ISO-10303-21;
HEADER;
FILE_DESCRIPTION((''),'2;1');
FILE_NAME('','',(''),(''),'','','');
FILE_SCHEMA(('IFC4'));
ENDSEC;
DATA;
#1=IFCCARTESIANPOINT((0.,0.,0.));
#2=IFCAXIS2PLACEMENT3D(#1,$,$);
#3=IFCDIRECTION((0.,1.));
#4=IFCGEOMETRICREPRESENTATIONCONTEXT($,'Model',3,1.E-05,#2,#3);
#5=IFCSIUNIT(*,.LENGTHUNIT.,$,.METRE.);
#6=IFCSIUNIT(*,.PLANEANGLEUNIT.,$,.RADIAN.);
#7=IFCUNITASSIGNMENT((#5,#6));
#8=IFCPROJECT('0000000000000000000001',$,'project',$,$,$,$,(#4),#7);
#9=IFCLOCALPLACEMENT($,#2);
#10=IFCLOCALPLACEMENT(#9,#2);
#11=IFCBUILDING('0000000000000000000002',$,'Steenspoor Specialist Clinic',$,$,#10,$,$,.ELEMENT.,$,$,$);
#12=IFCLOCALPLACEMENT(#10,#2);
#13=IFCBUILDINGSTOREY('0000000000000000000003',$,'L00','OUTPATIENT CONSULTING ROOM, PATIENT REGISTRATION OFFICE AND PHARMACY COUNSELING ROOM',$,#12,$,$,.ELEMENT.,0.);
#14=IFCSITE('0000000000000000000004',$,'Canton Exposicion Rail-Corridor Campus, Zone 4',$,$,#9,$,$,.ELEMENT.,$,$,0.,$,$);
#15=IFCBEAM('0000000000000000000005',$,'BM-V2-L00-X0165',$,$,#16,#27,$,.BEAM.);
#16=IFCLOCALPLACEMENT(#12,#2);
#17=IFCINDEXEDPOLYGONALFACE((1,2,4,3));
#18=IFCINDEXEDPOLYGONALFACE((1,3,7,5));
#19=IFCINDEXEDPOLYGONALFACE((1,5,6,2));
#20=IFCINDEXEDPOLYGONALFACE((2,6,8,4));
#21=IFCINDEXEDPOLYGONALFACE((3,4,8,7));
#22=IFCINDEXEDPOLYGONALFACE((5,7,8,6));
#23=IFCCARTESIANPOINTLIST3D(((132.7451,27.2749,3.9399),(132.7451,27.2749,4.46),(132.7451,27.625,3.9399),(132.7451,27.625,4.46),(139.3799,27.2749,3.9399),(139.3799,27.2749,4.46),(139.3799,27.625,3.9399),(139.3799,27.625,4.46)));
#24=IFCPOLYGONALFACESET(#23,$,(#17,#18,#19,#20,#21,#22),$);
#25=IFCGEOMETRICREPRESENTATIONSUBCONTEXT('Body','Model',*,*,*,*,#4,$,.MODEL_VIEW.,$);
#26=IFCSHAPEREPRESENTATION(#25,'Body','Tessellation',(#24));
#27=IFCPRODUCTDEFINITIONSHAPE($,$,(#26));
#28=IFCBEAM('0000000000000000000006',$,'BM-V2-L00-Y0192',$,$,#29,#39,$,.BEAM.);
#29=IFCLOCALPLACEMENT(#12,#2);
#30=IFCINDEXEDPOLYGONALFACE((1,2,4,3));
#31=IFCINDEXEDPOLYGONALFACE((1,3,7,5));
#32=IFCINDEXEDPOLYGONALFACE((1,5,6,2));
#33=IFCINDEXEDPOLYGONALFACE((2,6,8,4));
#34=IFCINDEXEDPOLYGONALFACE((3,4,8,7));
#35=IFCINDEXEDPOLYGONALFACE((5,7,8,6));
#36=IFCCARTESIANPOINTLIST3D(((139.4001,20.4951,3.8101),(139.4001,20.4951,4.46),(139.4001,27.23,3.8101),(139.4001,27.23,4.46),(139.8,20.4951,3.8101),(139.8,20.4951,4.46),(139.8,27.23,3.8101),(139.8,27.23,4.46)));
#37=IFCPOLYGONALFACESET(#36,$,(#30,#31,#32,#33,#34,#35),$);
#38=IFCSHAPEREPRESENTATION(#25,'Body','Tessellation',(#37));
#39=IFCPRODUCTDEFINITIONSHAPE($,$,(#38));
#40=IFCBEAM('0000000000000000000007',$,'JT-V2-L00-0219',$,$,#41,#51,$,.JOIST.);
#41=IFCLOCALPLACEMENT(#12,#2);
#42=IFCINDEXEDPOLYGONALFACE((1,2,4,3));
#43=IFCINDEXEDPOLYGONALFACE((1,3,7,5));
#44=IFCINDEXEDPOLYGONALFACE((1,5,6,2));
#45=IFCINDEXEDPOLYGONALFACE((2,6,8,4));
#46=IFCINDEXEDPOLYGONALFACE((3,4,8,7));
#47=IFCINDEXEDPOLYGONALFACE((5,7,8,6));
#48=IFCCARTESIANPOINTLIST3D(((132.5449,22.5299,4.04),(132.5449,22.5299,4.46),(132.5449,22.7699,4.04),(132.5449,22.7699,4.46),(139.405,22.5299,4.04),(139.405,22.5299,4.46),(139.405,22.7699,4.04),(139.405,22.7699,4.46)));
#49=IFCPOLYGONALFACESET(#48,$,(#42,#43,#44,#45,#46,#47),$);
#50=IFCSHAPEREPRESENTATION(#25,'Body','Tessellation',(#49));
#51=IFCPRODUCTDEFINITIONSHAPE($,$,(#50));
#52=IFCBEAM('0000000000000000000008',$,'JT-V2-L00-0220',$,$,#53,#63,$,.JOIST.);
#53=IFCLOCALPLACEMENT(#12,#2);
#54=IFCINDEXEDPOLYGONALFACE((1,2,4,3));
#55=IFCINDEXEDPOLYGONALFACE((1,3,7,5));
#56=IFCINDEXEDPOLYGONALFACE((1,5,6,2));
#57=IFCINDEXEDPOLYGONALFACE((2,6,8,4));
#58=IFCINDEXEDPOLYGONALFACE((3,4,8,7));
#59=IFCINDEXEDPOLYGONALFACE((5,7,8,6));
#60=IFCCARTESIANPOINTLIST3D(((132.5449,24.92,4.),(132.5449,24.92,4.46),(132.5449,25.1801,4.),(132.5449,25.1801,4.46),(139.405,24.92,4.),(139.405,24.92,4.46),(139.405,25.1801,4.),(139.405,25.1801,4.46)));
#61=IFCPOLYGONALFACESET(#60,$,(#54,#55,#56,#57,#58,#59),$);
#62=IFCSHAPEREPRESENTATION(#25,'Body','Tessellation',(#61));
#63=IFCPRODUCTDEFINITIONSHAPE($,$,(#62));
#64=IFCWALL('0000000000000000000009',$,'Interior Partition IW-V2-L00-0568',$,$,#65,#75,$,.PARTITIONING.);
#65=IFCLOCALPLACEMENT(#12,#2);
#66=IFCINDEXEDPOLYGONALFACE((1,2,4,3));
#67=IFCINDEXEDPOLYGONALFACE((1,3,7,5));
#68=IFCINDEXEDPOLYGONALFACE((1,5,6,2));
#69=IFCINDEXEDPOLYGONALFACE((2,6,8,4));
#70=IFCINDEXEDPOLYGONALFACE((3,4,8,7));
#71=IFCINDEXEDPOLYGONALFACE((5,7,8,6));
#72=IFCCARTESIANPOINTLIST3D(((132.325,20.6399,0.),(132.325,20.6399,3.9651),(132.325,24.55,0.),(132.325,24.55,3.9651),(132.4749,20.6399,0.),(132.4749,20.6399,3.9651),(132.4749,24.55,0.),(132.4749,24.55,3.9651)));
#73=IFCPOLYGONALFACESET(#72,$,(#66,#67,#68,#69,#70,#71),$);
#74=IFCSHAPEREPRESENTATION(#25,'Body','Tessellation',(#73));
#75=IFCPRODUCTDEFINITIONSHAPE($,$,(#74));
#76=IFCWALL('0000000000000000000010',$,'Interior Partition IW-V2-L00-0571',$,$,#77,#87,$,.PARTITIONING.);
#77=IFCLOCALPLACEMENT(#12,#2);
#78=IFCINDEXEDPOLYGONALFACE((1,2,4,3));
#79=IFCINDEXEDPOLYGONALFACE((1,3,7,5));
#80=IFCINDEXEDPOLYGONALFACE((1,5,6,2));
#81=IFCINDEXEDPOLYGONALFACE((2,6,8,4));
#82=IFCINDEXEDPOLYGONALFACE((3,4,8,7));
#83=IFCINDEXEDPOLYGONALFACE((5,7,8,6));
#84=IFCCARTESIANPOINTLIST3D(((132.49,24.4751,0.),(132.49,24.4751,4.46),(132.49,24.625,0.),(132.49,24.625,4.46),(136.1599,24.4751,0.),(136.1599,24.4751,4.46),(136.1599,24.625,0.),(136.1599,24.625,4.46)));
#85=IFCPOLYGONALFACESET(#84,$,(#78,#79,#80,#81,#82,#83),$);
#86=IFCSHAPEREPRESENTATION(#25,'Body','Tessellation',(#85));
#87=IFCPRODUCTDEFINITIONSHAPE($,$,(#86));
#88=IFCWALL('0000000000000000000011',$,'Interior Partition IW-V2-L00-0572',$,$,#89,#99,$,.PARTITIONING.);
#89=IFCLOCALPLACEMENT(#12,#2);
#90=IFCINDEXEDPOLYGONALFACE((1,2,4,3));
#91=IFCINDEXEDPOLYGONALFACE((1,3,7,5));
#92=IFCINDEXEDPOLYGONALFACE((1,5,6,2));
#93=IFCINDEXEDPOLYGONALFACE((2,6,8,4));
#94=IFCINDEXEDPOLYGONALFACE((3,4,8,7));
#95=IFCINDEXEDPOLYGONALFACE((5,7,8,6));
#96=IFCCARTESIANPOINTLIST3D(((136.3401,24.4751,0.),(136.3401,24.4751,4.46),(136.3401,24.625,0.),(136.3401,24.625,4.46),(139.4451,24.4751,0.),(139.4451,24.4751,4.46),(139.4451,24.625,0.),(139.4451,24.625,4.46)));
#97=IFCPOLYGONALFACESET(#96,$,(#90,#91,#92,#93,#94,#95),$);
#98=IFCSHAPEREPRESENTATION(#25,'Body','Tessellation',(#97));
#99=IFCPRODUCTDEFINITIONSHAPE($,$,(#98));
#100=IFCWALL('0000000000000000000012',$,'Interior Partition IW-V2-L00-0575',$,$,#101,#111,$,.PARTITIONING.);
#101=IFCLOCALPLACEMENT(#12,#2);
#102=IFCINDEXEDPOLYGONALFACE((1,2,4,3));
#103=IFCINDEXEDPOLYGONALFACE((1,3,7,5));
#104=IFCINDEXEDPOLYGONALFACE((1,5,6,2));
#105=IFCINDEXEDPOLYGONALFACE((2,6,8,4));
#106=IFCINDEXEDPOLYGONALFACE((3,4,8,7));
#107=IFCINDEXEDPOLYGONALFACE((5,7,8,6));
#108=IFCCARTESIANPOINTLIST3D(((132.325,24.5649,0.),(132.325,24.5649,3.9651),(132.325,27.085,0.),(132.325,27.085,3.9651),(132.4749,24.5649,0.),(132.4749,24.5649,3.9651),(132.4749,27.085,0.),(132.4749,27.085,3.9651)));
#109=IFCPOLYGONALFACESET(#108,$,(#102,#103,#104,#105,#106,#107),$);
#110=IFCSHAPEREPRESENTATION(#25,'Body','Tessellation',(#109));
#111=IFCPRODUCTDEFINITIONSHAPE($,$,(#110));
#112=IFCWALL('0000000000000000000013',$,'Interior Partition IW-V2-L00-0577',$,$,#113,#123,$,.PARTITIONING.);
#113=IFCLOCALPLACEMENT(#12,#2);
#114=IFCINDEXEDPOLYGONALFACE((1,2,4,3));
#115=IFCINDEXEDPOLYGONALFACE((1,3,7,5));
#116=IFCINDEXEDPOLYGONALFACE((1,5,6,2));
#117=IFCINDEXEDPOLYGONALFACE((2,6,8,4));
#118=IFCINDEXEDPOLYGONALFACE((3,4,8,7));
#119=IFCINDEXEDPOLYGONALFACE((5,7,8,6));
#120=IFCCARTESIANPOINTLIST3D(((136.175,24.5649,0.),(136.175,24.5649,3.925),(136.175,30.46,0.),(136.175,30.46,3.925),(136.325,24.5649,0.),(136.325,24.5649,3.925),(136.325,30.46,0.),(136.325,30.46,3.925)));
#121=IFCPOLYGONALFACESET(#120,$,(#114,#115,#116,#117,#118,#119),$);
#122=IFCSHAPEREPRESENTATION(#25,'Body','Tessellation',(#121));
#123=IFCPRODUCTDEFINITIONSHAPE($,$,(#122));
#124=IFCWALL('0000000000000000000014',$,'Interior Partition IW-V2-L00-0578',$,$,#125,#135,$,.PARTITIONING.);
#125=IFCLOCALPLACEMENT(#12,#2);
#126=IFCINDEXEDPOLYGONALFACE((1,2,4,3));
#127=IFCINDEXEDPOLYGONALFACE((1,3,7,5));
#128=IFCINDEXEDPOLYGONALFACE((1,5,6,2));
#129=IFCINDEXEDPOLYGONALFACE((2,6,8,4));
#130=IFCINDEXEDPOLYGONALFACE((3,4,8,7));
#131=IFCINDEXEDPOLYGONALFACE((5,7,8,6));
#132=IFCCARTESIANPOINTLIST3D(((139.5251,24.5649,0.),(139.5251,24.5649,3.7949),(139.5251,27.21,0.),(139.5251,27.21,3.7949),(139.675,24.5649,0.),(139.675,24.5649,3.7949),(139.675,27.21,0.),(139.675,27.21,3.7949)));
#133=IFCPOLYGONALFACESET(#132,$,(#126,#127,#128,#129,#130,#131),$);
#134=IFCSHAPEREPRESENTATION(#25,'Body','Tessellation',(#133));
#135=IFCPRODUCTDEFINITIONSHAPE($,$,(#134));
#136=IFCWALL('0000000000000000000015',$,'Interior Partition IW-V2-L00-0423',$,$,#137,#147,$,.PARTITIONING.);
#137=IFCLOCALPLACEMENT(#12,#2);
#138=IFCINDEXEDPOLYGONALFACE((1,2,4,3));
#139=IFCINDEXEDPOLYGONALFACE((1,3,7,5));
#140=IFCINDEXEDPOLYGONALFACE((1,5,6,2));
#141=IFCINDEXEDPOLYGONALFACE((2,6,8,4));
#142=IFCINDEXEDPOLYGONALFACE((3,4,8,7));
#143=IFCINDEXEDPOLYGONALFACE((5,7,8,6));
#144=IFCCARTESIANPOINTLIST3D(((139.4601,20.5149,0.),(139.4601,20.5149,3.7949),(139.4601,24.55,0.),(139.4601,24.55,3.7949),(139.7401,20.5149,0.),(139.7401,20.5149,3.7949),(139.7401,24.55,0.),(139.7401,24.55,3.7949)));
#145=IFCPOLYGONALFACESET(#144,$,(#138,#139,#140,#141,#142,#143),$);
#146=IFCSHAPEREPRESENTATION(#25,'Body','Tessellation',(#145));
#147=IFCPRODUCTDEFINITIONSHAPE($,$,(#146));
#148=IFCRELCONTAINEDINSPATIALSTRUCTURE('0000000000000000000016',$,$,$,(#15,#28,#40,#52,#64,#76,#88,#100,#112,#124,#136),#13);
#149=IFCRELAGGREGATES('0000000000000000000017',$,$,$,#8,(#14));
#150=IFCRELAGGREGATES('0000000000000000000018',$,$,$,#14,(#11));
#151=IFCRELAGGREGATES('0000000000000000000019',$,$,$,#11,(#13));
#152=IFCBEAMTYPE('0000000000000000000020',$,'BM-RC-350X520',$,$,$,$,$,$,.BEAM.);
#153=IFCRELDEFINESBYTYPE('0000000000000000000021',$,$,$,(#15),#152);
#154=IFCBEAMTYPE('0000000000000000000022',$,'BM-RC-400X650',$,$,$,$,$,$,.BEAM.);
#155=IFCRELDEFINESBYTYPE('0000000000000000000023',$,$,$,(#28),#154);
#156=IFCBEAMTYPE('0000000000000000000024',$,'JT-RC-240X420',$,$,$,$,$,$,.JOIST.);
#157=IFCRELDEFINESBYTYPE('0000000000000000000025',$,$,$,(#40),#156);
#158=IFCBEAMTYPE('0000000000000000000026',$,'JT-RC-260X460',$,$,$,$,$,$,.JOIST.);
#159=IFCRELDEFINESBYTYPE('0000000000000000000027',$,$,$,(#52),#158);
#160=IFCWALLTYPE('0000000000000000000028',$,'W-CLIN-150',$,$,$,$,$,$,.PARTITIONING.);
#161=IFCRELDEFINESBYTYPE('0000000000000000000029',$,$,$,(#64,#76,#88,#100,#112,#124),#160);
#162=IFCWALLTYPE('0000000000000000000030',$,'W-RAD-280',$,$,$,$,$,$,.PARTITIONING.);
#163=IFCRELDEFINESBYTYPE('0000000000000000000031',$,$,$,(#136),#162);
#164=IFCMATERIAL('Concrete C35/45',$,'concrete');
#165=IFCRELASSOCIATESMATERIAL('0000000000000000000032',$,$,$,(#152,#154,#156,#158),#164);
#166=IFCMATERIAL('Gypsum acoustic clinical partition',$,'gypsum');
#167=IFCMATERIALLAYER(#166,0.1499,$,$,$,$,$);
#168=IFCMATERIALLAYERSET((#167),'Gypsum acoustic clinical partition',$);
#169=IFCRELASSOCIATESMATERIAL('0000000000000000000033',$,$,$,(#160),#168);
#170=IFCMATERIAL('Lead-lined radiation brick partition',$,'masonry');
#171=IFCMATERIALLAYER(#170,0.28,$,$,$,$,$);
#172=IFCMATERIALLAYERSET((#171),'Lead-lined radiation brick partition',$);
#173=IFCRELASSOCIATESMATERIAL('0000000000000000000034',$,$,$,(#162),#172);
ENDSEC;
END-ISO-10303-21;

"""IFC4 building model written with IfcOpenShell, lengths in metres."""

from ifc_helpers import new_model, si_unit, direction, frame, frame_2d, origin, origin_2d, place, context, subcontext, project, spatial, rectangle, extrude, material, layer, layer_set, material_profile, profile_set, type_object, element, save


model = new_model("IFC4")

# Units and contexts
model_context = context("Model", 3, precision=1e-05, world=origin(), true_north=direction((0.0, 1.0)))
body_context = subcontext(model_context, "Body", "Model", "MODEL_VIEW")
ifc_project = project(units=[si_unit("LENGTHUNIT", "METRE"), si_unit("PLANEANGLEUNIT", "RADIAN")], contexts=[model_context])

# Site, building, storey
site_placement = place(None, origin())
site = spatial("IfcSite", under=ifc_project, at=site_placement, Name="Canton Exposicion Rail-Corridor Campus, Zone 4", CompositionType="ELEMENT", RefElevation=0.0)
building_placement = place(site_placement, origin())
building = spatial("IfcBuilding", under=site, at=building_placement, Name="Steenspoor Specialist Clinic", CompositionType="ELEMENT")
storey_placement = place(building_placement, origin())
storey = spatial("IfcBuildingStorey", under=building, at=storey_placement, Name="L00", Description="OUTPATIENT CONSULTING ROOM, PATIENT REGISTRATION OFFICE AND PHARMACY COUNSELING ROOM", CompositionType="ELEMENT", Elevation=0.0)

# Shared definitions
ifc_material_1 = material(Name="Concrete C35/45", Category="concrete")

# Beams
ifc_material_profile_1 = material_profile(ifc_material_1, rectangle(XDim=0.3501, YDim=0.52, at=origin_2d()), Name="RC-BM-350X520")
ifc_profile_set_1 = profile_set([ifc_material_profile_1], Name="Concrete C35/45")
beam_type_1 = type_object("IfcBeamType", Name="BM-RC-350X520", PredefinedType="BEAM", material=ifc_profile_set_1)
beam_1_placement = place(storey_placement, frame((132.7451, 27.45, 4.2), z_axis=(1.0, 0.0, 0.0), x_axis=(0.0, 1.0, 0.0)))
element("IfcBeam", 1, at=beam_1_placement, inside=storey, type_object=beam_type_1, Name="BM-V2-L00-X0165", PredefinedType="BEAM", context=body_context, shape_type="SweptSolid", body=[
    extrude(rectangle(XDim=0.3501, YDim=0.52, at=origin_2d()), origin(), (0.0, 0.0, 1.0), 6.6348),
])
ifc_material_profile_2 = material_profile(ifc_material_1, rectangle(XDim=0.3999, YDim=0.6499, at=origin_2d()), Name="RC-BM-400X650")
ifc_profile_set_2 = profile_set([ifc_material_profile_2], Name="Concrete C35/45")
beam_type_2 = type_object("IfcBeamType", Name="BM-RC-400X650", PredefinedType="BEAM", material=ifc_profile_set_2)
beam_2_placement = place(storey_placement, frame((139.6001, 20.4951, 4.135), z_axis=(0.0, 1.0, 0.0), x_axis=(-1.0, 0.0, 0.0)))
element("IfcBeam", 2, at=beam_2_placement, inside=storey, type_object=beam_type_2, Name="BM-V2-L00-Y0192", PredefinedType="BEAM", context=body_context, shape_type="SweptSolid", body=[
    extrude(rectangle(XDim=0.3999, YDim=0.6499, at=origin_2d()), origin(), (0.0, 0.0, 1.0), 6.7349),
])
ifc_material_profile_3 = material_profile(ifc_material_1, rectangle(XDim=0.24, YDim=0.4199, at=origin_2d()), Name="RC-JT-240X420")
ifc_profile_set_3 = profile_set([ifc_material_profile_3], Name="Concrete C35/45")
beam_type_3 = type_object("IfcBeamType", Name="JT-RC-240X420", PredefinedType="JOIST", material=ifc_profile_set_3)
beam_3_placement = place(storey_placement, frame((132.5449, 22.6499, 4.25), z_axis=(1.0, 0.0, 0.0), x_axis=(0.0, 1.0, 0.0)))
element("IfcBeam", 3, at=beam_3_placement, inside=storey, type_object=beam_type_3, Name="JT-V2-L00-0219", PredefinedType="JOIST", context=body_context, shape_type="SweptSolid", body=[
    extrude(rectangle(XDim=0.24, YDim=0.4199, at=origin_2d()), origin(), (0.0, 0.0, 1.0), 6.8601),
])
ifc_material_profile_4 = material_profile(ifc_material_1, rectangle(XDim=0.26, YDim=0.46, at=origin_2d()), Name="RC-JT-260X460")
ifc_profile_set_4 = profile_set([ifc_material_profile_4], Name="Concrete C35/45")
beam_type_4 = type_object("IfcBeamType", Name="JT-RC-260X460", PredefinedType="JOIST", material=ifc_profile_set_4)
beam_4_placement = place(storey_placement, frame((132.5449, 25.05, 4.23), z_axis=(1.0, 0.0, 0.0), x_axis=(0.0, 1.0, 0.0)))
element("IfcBeam", 4, at=beam_4_placement, inside=storey, type_object=beam_type_4, Name="JT-V2-L00-0220", PredefinedType="JOIST", context=body_context, shape_type="SweptSolid", body=[
    extrude(rectangle(XDim=0.26, YDim=0.46, at=origin_2d()), origin(), (0.0, 0.0, 1.0), 6.8601),
])

# Walls
ifc_material_2 = material(Name="Gypsum acoustic clinical partition", Category="gypsum")
ifc_layer_1 = layer(ifc_material_2, 0.1499)
ifc_layer_set_1 = layer_set([ifc_layer_1], Name="Gypsum acoustic clinical partition")
wall_type_1 = type_object("IfcWallType", Name="W-CLIN-150", PredefinedType="PARTITIONING", material=ifc_layer_set_1)
wall_1_placement = place(storey_placement, frame((132.3999, 20.6399, 0.0), z_axis=(0.0, 0.0, 1.0), x_axis=(0.0, 1.0, 0.0)))
element("IfcWall", 5, at=wall_1_placement, inside=storey, type_object=wall_type_1, Name="Interior Partition IW-V2-L00-0568", PredefinedType="PARTITIONING", context=body_context, shape_type="SweptSolid", body=[
    extrude(rectangle(XDim=3.9102, YDim=0.1499, at=frame_2d((1.9551, 0.0))), origin(), (0.0, 0.0, 1.0), 3.9651),
])
wall_2_placement = place(storey_placement, frame((132.49, 24.55, 0.0), z_axis=(0.0, 0.0, 1.0), x_axis=(1.0, 0.0, 0.0)))
element("IfcWall", 6, at=wall_2_placement, inside=storey, type_object=wall_type_1, Name="Interior Partition IW-V2-L00-0571", PredefinedType="PARTITIONING", context=body_context, shape_type="SweptSolid", body=[
    extrude(rectangle(XDim=3.6699, YDim=0.1499, at=frame_2d((1.835, 0.0))), origin(), (0.0, 0.0, 1.0), 4.46),
])
wall_3_placement = place(storey_placement, frame((136.3401, 24.55, 0.0), z_axis=(0.0, 0.0, 1.0), x_axis=(1.0, 0.0, 0.0)))
element("IfcWall", 7, at=wall_3_placement, inside=storey, type_object=wall_type_1, Name="Interior Partition IW-V2-L00-0572", PredefinedType="PARTITIONING", context=body_context, shape_type="SweptSolid", body=[
    extrude(rectangle(XDim=3.105, YDim=0.1499, at=frame_2d((1.5525, 0.0))), origin(), (0.0, 0.0, 1.0), 4.46),
])
wall_4_placement = place(storey_placement, frame((132.3999, 24.5649, 0.0), z_axis=(0.0, 0.0, 1.0), x_axis=(0.0, 1.0, 0.0)))
element("IfcWall", 8, at=wall_4_placement, inside=storey, type_object=wall_type_1, Name="Interior Partition IW-V2-L00-0575", PredefinedType="PARTITIONING", context=body_context, shape_type="SweptSolid", body=[
    extrude(rectangle(XDim=2.52, YDim=0.1499, at=frame_2d((1.26, 0.0))), origin(), (0.0, 0.0, 1.0), 3.9651),
])
wall_5_placement = place(storey_placement, frame((136.25, 24.5649, 0.0), z_axis=(0.0, 0.0, 1.0), x_axis=(0.0, 1.0, 0.0)))
element("IfcWall", 9, at=wall_5_placement, inside=storey, type_object=wall_type_1, Name="Interior Partition IW-V2-L00-0577", PredefinedType="PARTITIONING", context=body_context, shape_type="SweptSolid", body=[
    extrude(rectangle(XDim=5.895, YDim=0.1499, at=frame_2d((2.9475, 0.0))), origin(), (0.0, 0.0, 1.0), 3.925),
])
wall_6_placement = place(storey_placement, frame((139.6001, 24.5649, 0.0), z_axis=(0.0, 0.0, 1.0), x_axis=(0.0, 1.0, 0.0)))
element("IfcWall", 10, at=wall_6_placement, inside=storey, type_object=wall_type_1, Name="Interior Partition IW-V2-L00-0578", PredefinedType="PARTITIONING", context=body_context, shape_type="SweptSolid", body=[
    extrude(rectangle(XDim=2.645, YDim=0.1499, at=frame_2d((1.3225, 0.0))), origin(), (0.0, 0.0, 1.0), 3.7949),
])
ifc_material_3 = material(Name="Lead-lined radiation brick partition", Category="masonry")
ifc_layer_2 = layer(ifc_material_3, 0.28)
ifc_layer_set_2 = layer_set([ifc_layer_2], Name="Lead-lined radiation brick partition")
wall_type_2 = type_object("IfcWallType", Name="W-RAD-280", PredefinedType="PARTITIONING", material=ifc_layer_set_2)
wall_7_placement = place(storey_placement, frame((139.6001, 20.5149, 0.0), z_axis=(0.0, 0.0, 1.0), x_axis=(0.0, 1.0, 0.0)))
element("IfcWall", 11, at=wall_7_placement, inside=storey, type_object=wall_type_2, Name="Interior Partition IW-V2-L00-0423", PredefinedType="PARTITIONING", context=body_context, shape_type="SweptSolid", body=[
    extrude(rectangle(XDim=4.0352, YDim=0.28, at=frame_2d((2.0176, 0.0))), origin(), (0.0, 0.0, 1.0), 3.7949),
])

save(model, "model.ifc")
